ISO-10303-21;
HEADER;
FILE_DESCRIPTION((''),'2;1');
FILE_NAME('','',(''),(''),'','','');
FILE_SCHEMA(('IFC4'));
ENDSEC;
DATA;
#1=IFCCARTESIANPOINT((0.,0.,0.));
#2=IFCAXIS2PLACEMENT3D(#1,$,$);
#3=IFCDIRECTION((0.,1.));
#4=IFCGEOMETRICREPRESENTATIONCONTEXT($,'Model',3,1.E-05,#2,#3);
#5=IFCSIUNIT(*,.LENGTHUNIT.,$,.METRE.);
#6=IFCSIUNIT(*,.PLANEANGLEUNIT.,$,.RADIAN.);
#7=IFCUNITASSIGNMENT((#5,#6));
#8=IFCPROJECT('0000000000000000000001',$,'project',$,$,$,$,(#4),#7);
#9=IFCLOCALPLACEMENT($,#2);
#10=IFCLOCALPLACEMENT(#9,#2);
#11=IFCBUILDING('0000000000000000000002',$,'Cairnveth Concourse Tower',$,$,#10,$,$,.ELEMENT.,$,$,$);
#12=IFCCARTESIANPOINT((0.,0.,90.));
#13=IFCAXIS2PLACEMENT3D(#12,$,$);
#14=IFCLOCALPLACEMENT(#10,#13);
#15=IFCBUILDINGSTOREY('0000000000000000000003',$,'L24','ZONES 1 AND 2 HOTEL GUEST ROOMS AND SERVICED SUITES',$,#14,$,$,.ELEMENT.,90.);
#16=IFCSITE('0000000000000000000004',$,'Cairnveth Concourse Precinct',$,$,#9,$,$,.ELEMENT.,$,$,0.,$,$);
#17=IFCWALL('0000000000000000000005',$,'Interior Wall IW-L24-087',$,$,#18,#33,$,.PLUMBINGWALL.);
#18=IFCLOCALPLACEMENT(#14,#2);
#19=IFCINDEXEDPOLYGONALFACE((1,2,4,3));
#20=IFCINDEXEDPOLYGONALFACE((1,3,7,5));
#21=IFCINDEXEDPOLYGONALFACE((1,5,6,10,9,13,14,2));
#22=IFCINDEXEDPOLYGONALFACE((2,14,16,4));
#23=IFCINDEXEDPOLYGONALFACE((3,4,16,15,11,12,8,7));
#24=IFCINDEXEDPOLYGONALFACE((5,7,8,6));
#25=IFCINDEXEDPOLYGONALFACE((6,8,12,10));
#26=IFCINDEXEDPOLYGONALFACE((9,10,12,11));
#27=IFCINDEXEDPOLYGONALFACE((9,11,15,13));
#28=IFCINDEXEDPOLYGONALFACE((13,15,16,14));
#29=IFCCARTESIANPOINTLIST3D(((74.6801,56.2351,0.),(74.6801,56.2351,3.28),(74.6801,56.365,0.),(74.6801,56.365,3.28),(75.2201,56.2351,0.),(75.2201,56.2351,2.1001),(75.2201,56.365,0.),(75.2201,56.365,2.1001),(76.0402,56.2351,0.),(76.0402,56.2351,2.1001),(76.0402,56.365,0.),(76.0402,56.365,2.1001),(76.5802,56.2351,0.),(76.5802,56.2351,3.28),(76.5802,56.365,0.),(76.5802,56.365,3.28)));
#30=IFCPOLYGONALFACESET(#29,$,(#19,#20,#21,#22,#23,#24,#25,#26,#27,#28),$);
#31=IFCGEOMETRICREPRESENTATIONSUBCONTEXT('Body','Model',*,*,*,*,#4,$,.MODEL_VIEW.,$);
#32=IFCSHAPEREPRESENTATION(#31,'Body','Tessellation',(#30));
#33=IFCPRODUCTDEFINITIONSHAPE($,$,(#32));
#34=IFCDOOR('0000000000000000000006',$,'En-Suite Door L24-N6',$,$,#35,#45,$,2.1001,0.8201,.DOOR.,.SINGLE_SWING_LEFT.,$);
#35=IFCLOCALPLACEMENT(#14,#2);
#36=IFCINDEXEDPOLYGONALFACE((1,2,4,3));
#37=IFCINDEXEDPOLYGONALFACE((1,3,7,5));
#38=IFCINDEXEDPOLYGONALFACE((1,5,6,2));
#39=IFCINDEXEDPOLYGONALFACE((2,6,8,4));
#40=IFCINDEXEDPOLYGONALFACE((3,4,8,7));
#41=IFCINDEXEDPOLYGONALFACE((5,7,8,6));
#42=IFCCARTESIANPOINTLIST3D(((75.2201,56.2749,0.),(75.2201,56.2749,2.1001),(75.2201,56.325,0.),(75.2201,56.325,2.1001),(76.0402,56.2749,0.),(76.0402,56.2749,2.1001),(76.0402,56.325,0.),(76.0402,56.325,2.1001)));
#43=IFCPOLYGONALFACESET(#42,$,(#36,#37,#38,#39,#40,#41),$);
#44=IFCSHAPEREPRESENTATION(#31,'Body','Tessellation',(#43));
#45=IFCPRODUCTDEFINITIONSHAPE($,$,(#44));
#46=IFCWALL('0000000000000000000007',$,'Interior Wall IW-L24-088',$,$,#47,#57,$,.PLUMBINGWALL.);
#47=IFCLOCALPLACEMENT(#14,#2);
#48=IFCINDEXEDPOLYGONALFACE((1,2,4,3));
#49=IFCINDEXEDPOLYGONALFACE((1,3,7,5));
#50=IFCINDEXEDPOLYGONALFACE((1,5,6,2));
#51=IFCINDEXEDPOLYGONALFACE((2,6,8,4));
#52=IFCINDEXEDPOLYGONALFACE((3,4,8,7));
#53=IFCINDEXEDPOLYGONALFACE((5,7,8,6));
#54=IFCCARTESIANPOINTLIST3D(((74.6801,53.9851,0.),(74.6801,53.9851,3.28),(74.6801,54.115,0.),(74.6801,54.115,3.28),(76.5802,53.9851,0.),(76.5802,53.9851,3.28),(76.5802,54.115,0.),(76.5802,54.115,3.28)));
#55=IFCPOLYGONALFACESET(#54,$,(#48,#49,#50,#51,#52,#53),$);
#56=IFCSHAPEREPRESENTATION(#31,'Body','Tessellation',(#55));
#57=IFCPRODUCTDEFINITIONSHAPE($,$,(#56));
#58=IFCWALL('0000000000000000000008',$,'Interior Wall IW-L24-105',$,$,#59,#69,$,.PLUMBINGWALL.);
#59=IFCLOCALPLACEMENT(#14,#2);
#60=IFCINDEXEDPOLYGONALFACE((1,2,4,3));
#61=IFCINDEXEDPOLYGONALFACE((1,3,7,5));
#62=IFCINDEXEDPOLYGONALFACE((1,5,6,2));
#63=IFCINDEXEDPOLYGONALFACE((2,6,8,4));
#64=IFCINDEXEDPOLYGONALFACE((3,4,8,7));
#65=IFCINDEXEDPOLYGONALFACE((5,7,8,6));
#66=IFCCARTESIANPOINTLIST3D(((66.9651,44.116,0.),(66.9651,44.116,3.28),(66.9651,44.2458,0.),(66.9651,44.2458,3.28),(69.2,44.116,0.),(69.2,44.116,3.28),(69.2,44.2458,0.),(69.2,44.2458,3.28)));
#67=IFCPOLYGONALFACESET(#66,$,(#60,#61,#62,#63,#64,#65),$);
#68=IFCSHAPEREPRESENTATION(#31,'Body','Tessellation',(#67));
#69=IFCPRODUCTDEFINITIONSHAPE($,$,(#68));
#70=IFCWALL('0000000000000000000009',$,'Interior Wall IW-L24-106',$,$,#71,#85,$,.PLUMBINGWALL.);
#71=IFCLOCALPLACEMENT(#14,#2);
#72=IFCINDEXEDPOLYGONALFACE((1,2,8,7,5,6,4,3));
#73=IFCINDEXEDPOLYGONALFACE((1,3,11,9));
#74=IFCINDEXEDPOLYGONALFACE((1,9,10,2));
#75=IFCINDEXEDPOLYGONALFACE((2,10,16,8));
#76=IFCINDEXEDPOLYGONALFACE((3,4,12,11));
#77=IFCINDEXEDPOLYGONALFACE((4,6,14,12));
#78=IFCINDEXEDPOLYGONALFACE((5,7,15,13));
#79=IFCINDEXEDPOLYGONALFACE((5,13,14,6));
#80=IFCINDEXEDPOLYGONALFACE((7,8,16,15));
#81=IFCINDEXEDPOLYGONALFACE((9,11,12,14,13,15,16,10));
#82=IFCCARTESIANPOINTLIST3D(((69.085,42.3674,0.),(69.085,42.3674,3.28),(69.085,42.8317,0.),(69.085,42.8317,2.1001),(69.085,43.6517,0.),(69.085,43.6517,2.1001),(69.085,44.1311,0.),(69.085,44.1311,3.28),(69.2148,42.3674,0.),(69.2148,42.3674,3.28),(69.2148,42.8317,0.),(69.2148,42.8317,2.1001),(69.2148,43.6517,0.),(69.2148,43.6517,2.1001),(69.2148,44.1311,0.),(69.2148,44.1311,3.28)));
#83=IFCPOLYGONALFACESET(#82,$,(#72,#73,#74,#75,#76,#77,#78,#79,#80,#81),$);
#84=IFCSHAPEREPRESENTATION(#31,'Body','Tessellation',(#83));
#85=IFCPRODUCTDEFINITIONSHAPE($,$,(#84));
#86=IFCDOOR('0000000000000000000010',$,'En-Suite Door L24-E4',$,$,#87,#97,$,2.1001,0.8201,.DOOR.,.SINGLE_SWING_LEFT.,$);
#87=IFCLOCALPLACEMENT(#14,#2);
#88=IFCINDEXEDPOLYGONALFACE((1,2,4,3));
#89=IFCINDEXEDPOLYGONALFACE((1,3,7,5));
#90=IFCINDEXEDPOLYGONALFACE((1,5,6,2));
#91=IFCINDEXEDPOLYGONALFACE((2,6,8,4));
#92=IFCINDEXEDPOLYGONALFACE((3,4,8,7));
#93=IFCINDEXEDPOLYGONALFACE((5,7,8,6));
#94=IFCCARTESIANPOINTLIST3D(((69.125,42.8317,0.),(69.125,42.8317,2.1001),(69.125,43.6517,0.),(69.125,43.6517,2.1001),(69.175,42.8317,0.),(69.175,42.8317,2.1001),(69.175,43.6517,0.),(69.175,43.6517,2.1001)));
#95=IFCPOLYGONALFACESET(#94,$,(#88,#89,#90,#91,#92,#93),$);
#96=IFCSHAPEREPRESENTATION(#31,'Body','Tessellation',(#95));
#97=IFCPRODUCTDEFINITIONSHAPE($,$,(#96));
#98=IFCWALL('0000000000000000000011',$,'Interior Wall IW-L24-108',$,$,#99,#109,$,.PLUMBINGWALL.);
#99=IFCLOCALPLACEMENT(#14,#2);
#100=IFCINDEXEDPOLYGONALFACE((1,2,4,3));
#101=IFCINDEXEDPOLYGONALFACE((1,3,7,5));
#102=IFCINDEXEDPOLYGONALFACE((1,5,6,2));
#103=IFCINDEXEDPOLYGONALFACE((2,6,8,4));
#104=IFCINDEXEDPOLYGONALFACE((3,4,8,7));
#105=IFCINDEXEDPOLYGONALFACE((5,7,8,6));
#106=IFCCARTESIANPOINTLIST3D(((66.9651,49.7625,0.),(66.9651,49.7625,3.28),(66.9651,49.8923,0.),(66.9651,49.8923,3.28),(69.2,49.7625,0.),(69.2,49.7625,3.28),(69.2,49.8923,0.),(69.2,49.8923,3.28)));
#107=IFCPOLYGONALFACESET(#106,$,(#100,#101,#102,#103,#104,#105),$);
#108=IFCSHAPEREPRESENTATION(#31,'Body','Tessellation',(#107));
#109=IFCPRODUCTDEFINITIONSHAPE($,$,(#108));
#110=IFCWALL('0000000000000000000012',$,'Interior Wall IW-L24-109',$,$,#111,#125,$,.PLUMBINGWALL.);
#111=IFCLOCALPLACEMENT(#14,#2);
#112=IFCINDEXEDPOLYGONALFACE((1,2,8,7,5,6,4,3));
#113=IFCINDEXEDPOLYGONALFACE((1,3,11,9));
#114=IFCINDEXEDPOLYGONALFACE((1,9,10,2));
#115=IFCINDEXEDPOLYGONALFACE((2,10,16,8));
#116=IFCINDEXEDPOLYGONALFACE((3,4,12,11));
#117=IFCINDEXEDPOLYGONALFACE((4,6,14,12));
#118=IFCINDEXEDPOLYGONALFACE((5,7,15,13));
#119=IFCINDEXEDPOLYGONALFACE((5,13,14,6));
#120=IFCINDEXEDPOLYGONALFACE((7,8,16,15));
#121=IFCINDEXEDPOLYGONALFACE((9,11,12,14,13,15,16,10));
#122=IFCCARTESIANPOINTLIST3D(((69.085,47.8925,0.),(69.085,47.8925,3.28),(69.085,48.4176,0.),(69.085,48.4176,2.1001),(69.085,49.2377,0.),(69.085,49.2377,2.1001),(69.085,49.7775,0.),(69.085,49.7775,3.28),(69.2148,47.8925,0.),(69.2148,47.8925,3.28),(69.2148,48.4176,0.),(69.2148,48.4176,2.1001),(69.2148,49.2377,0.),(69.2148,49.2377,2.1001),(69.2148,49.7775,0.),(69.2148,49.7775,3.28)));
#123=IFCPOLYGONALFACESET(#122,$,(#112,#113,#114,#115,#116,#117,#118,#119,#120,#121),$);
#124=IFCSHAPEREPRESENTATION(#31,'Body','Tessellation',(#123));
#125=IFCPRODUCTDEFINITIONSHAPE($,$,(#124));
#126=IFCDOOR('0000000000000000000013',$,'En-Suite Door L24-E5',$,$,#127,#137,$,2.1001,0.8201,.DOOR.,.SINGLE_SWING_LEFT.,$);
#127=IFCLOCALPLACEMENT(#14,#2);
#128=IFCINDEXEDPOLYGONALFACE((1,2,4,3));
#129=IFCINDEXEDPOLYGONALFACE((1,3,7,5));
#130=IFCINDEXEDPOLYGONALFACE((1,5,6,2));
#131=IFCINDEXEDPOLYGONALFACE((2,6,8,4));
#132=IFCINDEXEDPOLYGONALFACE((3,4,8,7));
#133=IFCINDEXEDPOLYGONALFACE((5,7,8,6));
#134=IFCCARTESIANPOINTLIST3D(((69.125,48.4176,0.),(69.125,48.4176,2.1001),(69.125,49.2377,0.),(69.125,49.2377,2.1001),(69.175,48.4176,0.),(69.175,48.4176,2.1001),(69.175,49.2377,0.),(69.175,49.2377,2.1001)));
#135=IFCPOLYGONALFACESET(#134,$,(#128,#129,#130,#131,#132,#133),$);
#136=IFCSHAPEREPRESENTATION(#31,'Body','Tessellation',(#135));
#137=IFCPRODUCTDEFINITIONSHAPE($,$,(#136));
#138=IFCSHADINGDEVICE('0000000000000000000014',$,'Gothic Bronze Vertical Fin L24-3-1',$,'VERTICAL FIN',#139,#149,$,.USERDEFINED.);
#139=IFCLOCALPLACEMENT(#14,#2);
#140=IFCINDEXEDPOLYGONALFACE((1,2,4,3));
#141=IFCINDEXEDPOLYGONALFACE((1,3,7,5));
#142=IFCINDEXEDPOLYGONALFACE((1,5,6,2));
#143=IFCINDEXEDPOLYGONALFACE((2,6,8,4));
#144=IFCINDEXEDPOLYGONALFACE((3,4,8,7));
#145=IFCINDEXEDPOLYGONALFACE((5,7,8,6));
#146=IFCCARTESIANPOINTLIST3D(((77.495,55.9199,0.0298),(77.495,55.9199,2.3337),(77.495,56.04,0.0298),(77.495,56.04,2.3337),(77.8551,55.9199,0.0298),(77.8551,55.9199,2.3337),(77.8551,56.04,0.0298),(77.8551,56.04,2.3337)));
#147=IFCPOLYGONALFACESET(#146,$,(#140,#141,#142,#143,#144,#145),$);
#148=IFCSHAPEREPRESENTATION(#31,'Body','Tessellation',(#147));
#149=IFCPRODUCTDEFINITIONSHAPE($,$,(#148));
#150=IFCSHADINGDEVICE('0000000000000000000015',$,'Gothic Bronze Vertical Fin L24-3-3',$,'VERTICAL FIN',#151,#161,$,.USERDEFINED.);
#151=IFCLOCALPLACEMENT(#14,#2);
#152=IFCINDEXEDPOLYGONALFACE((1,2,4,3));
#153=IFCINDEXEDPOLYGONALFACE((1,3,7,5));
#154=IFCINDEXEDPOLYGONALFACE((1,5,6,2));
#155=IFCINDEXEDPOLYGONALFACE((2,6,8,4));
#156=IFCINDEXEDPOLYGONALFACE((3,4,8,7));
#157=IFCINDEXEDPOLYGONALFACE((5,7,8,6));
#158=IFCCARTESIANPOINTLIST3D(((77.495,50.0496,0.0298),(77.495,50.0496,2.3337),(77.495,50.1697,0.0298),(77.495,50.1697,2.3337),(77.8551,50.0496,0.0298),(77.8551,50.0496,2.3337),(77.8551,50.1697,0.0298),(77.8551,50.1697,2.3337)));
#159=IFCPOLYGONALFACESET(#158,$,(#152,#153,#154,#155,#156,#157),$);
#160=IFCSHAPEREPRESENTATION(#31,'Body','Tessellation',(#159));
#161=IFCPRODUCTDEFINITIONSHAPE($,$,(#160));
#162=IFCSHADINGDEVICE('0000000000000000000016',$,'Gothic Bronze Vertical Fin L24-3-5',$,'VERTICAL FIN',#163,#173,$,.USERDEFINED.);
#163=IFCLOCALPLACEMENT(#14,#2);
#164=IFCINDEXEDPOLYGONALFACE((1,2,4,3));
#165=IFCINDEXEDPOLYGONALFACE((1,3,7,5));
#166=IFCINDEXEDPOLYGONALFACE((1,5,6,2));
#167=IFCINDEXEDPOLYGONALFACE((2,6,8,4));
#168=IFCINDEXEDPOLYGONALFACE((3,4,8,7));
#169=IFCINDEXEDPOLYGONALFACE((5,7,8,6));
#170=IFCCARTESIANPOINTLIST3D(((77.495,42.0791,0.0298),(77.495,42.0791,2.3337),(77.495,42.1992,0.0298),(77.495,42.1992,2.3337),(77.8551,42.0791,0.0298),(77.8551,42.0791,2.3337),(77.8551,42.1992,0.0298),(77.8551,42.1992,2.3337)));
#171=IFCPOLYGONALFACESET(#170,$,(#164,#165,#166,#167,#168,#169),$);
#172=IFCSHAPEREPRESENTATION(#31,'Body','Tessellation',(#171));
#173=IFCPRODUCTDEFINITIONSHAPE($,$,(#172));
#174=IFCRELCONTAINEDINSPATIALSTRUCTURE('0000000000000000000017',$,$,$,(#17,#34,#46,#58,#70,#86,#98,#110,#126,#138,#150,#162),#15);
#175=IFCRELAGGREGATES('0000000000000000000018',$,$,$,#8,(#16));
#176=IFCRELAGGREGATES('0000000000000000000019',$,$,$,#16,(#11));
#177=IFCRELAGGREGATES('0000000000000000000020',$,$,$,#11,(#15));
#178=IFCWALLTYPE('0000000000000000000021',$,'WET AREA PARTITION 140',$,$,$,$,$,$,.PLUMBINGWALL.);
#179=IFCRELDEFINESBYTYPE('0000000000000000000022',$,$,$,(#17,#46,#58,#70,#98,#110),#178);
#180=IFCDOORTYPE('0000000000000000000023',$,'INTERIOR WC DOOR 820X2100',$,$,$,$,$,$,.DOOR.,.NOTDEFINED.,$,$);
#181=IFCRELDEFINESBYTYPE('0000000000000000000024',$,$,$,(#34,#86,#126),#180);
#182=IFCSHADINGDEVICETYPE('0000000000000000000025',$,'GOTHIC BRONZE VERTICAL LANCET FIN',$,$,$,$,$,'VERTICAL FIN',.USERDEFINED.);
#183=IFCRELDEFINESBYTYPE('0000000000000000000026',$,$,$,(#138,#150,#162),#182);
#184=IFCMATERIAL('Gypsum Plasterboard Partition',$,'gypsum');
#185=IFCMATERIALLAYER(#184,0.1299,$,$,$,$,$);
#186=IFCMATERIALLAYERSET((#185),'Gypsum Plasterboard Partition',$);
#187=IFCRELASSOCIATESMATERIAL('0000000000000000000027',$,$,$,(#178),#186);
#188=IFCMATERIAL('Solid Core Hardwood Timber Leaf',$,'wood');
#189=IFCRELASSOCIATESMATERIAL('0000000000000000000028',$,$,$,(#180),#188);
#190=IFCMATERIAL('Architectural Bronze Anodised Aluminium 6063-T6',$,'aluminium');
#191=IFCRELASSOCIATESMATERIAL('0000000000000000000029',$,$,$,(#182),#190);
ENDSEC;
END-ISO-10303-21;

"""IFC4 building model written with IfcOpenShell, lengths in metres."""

from ifc_helpers import new_model, si_unit, direction, frame, frame_2d, origin, origin_2d, place, context, subcontext, project, spatial, rectangle, extrude, material, layer, layer_set, type_object, element, fill, save


model = new_model("IFC4")

# Units and contexts
model_context = context("Model", 3, precision=1e-05, world=origin(), true_north=direction((0.0, 1.0)))
body_context = subcontext(model_context, "Body", "Model", "MODEL_VIEW")
ifc_project = project(units=[si_unit("LENGTHUNIT", "METRE"), si_unit("PLANEANGLEUNIT", "RADIAN")], contexts=[model_context])

# Site, building, storey
site_placement = place(None, origin())
site = spatial("IfcSite", under=ifc_project, at=site_placement, Name="Cairnveth Concourse Precinct", CompositionType="ELEMENT", RefElevation=0.0)
building_placement = place(site_placement, origin())
building = spatial("IfcBuilding", under=site, at=building_placement, Name="Cairnveth Concourse Tower", CompositionType="ELEMENT")
storey_placement = place(building_placement, frame((0.0, 0.0, 90.0)))
storey = spatial("IfcBuildingStorey", under=building, at=storey_placement, Name="L24", Description="ZONES 1 AND 2 HOTEL GUEST ROOMS AND SERVICED SUITES", CompositionType="ELEMENT", Elevation=90.0)

# Shared definitions
ifc_material_1 = material(Name="Gypsum Plasterboard Partition", Category="gypsum")

# Shared definitions
ifc_material_2 = material(Name="Solid Core Hardwood Timber Leaf", Category="wood")

# Shared definitions
ifc_layer_1 = layer(ifc_material_1, 0.1299)
ifc_layer_set_1 = layer_set([ifc_layer_1], Name="Gypsum Plasterboard Partition")
wall_type_1 = type_object("IfcWallType", Name="WET AREA PARTITION 140", PredefinedType="PLUMBINGWALL", material=ifc_layer_set_1)

# Wall, opening, door
wall_1_placement = place(storey_placement, frame((74.6799, 56.3, 0.0), z_axis=(0.0, 0.0, 1.0), x_axis=(1.0, 0.0, 0.0)))
wall_1 = element("IfcWall", 1, at=wall_1_placement, inside=storey, type_object=wall_type_1, Name="Interior Wall IW-L24-087", PredefinedType="PLUMBINGWALL", context=body_context, shape_type="SweptSolid", body=[
    extrude(rectangle(XDim=1.9001, YDim=0.1299, at=frame_2d((0.9502, 0.0))), origin(), (0.0, 0.0, 1.0), 3.28),
])
opening_1_placement = place(wall_1_placement, frame((0.54, 0.0, 0.0)))
opening_1 = element("IfcOpeningElement", 2, at=opening_1_placement, cuts=wall_1, PredefinedType="OPENING", context=body_context, shape_type="SweptSolid", body=[
    extrude(rectangle(XDim=0.8201, YDim=2.1001, at=frame_2d((0.4102, 1.05))), frame((0.0, 0.075, 0.0), z_axis=(0.0, -1.0, 0.0), x_axis=(1.0, 0.0, 0.0)), (0.0, 0.0, 1.0), 0.1499),
])
door_type_1 = type_object("IfcDoorType", Name="INTERIOR WC DOOR 820X2100", OperationType="NOTDEFINED", PredefinedType="DOOR", material=ifc_material_2)
door_1_placement = place(opening_1_placement, origin())
door_1 = element("IfcDoor", 3, at=door_1_placement, inside=storey, type_object=door_type_1, Name="En-Suite Door L24-N6", OperationType="SINGLE_SWING_LEFT", OverallHeight=2.1001, OverallWidth=0.8201, PredefinedType="DOOR", context=body_context, shape_type="SweptSolid", body=[
    extrude(rectangle(XDim=0.8201, YDim=2.1001, at=frame_2d((0.4102, 1.05))), frame((0.0, 0.0249, 0.0), z_axis=(0.0, -1.0, 0.0), x_axis=(1.0, 0.0, 0.0)), (0.0, 0.0, 1.0), 0.05),
])
fill(opening_1, door_1)

# Walls
wall_2_placement = place(storey_placement, frame((74.6799, 54.05, 0.0), z_axis=(0.0, 0.0, 1.0), x_axis=(1.0, 0.0, 0.0)))
element("IfcWall", 4, at=wall_2_placement, inside=storey, type_object=wall_type_1, Name="Interior Wall IW-L24-088", PredefinedType="PLUMBINGWALL", context=body_context, shape_type="SweptSolid", body=[
    extrude(rectangle(XDim=1.9001, YDim=0.1299, at=frame_2d((0.9502, 0.0))), origin(), (0.0, 0.0, 1.0), 3.28),
])
wall_3_placement = place(storey_placement, frame((66.9651, 44.1809, 0.0), z_axis=(0.0, 0.0, 1.0), x_axis=(1.0, 0.0, 0.0)))
element("IfcWall", 5, at=wall_3_placement, inside=storey, type_object=wall_type_1, Name="Interior Wall IW-L24-105", PredefinedType="PLUMBINGWALL", context=body_context, shape_type="SweptSolid", body=[
    extrude(rectangle(XDim=2.2349, YDim=0.1299, at=frame_2d((1.1174, 0.0))), origin(), (0.0, 0.0, 1.0), 3.28),
])

# Wall, opening, door
wall_4_placement = place(storey_placement, frame((69.1499, 42.3674, 0.0), z_axis=(0.0, 0.0, 1.0), x_axis=(0.0, 1.0, 0.0)))
wall_4 = element("IfcWall", 6, at=wall_4_placement, inside=storey, type_object=wall_type_1, Name="Interior Wall IW-L24-106", PredefinedType="PLUMBINGWALL", context=body_context, shape_type="SweptSolid", body=[
    extrude(rectangle(XDim=1.7637, YDim=0.1299, at=frame_2d((0.8818, 0.0))), origin(), (0.0, 0.0, 1.0), 3.28),
])
opening_2_placement = place(wall_4_placement, frame((0.4641, 0.0, 0.0)))
opening_2 = element("IfcOpeningElement", 7, at=opening_2_placement, cuts=wall_4, PredefinedType="OPENING", context=body_context, shape_type="SweptSolid", body=[
    extrude(rectangle(XDim=0.8201, YDim=2.1001, at=frame_2d((0.4102, 1.05))), frame((0.0, 0.075, 0.0), z_axis=(0.0, -1.0, 0.0), x_axis=(1.0, 0.0, 0.0)), (0.0, 0.0, 1.0), 0.1499),
])
door_2_placement = place(opening_2_placement, origin())
door_2 = element("IfcDoor", 8, at=door_2_placement, inside=storey, type_object=door_type_1, Name="En-Suite Door L24-E4", OperationType="SINGLE_SWING_LEFT", OverallHeight=2.1001, OverallWidth=0.8201, PredefinedType="DOOR", context=body_context, shape_type="SweptSolid", body=[
    extrude(rectangle(XDim=0.8201, YDim=2.1001, at=frame_2d((0.4102, 1.05))), frame((0.0, 0.0249, 0.0), z_axis=(0.0, -1.0, 0.0), x_axis=(1.0, 0.0, 0.0)), (0.0, 0.0, 1.0), 0.05),
])
fill(opening_2, door_2)

# Wall
wall_5_placement = place(storey_placement, frame((66.9651, 49.8274, 0.0), z_axis=(0.0, 0.0, 1.0), x_axis=(1.0, 0.0, 0.0)))
element("IfcWall", 9, at=wall_5_placement, inside=storey, type_object=wall_type_1, Name="Interior Wall IW-L24-108", PredefinedType="PLUMBINGWALL", context=body_context, shape_type="SweptSolid", body=[
    extrude(rectangle(XDim=2.2349, YDim=0.1299, at=frame_2d((1.1174, 0.0))), origin(), (0.0, 0.0, 1.0), 3.28),
])

# Wall, opening, door
wall_6_placement = place(storey_placement, frame((69.1499, 47.8926, 0.0), z_axis=(0.0, 0.0, 1.0), x_axis=(0.0, 1.0, 0.0)))
wall_6 = element("IfcWall", 10, at=wall_6_placement, inside=storey, type_object=wall_type_1, Name="Interior Wall IW-L24-109", PredefinedType="PLUMBINGWALL", context=body_context, shape_type="SweptSolid", body=[
    extrude(rectangle(XDim=1.885, YDim=0.1299, at=frame_2d((0.9424, 0.0))), origin(), (0.0, 0.0, 1.0), 3.28),
])
opening_3_placement = place(wall_6_placement, frame((0.5249, 0.0, 0.0)))
opening_3 = element("IfcOpeningElement", 11, at=opening_3_placement, cuts=wall_6, PredefinedType="OPENING", context=body_context, shape_type="SweptSolid", body=[
    extrude(rectangle(XDim=0.8201, YDim=2.1001, at=frame_2d((0.4102, 1.05))), frame((0.0, 0.075, 0.0), z_axis=(0.0, -1.0, 0.0), x_axis=(1.0, 0.0, 0.0)), (0.0, 0.0, 1.0), 0.1499),
])
door_3_placement = place(opening_3_placement, origin())
door_3 = element("IfcDoor", 12, at=door_3_placement, inside=storey, type_object=door_type_1, Name="En-Suite Door L24-E5", OperationType="SINGLE_SWING_LEFT", OverallHeight=2.1001, OverallWidth=0.8201, PredefinedType="DOOR", context=body_context, shape_type="SweptSolid", body=[
    extrude(rectangle(XDim=0.8201, YDim=2.1001, at=frame_2d((0.4102, 1.05))), frame((0.0, 0.0249, 0.0), z_axis=(0.0, -1.0, 0.0), x_axis=(1.0, 0.0, 0.0)), (0.0, 0.0, 1.0), 0.05),
])
fill(opening_3, door_3)

# Shading devices
ifc_material_3 = material(Name="Architectural Bronze Anodised Aluminium 6063-T6", Category="aluminium")
shading_device_type = type_object("IfcShadingDeviceType", Name="GOTHIC BRONZE VERTICAL LANCET FIN", ElementType="VERTICAL FIN", PredefinedType="USERDEFINED", material=ifc_material_3)
for number, where, z_axis, x_axis, name in (
    (13, (77.675, 55.98, 0.0298), (0.0, 0.0, 1.0), (0.0, 1.0, 0.0), "Gothic Bronze Vertical Fin L24-3-1"),
    (14, (77.675, 50.1096, 0.0298), (0.0, 0.0, 1.0), (0.0, 1.0, 0.0), "Gothic Bronze Vertical Fin L24-3-3"),
    (15, (77.675, 42.1392, 0.0298), (0.0, 0.0, 1.0), (0.0, 1.0, 0.0), "Gothic Bronze Vertical Fin L24-3-5"),
):
    element("IfcShadingDevice", number, at=place(storey_placement, frame(where, z_axis=z_axis, x_axis=x_axis)), inside=storey, type_object=shading_device_type, Name=name, ObjectType="VERTICAL FIN", PredefinedType="USERDEFINED", context=body_context, shape_type="SweptSolid", body=[
        extrude(rectangle(XDim=0.1201, YDim=0.3601, at=origin_2d()), origin(), (0.0, 0.0, 1.0), 2.304),
    ])

save(model, "model.ifc")
